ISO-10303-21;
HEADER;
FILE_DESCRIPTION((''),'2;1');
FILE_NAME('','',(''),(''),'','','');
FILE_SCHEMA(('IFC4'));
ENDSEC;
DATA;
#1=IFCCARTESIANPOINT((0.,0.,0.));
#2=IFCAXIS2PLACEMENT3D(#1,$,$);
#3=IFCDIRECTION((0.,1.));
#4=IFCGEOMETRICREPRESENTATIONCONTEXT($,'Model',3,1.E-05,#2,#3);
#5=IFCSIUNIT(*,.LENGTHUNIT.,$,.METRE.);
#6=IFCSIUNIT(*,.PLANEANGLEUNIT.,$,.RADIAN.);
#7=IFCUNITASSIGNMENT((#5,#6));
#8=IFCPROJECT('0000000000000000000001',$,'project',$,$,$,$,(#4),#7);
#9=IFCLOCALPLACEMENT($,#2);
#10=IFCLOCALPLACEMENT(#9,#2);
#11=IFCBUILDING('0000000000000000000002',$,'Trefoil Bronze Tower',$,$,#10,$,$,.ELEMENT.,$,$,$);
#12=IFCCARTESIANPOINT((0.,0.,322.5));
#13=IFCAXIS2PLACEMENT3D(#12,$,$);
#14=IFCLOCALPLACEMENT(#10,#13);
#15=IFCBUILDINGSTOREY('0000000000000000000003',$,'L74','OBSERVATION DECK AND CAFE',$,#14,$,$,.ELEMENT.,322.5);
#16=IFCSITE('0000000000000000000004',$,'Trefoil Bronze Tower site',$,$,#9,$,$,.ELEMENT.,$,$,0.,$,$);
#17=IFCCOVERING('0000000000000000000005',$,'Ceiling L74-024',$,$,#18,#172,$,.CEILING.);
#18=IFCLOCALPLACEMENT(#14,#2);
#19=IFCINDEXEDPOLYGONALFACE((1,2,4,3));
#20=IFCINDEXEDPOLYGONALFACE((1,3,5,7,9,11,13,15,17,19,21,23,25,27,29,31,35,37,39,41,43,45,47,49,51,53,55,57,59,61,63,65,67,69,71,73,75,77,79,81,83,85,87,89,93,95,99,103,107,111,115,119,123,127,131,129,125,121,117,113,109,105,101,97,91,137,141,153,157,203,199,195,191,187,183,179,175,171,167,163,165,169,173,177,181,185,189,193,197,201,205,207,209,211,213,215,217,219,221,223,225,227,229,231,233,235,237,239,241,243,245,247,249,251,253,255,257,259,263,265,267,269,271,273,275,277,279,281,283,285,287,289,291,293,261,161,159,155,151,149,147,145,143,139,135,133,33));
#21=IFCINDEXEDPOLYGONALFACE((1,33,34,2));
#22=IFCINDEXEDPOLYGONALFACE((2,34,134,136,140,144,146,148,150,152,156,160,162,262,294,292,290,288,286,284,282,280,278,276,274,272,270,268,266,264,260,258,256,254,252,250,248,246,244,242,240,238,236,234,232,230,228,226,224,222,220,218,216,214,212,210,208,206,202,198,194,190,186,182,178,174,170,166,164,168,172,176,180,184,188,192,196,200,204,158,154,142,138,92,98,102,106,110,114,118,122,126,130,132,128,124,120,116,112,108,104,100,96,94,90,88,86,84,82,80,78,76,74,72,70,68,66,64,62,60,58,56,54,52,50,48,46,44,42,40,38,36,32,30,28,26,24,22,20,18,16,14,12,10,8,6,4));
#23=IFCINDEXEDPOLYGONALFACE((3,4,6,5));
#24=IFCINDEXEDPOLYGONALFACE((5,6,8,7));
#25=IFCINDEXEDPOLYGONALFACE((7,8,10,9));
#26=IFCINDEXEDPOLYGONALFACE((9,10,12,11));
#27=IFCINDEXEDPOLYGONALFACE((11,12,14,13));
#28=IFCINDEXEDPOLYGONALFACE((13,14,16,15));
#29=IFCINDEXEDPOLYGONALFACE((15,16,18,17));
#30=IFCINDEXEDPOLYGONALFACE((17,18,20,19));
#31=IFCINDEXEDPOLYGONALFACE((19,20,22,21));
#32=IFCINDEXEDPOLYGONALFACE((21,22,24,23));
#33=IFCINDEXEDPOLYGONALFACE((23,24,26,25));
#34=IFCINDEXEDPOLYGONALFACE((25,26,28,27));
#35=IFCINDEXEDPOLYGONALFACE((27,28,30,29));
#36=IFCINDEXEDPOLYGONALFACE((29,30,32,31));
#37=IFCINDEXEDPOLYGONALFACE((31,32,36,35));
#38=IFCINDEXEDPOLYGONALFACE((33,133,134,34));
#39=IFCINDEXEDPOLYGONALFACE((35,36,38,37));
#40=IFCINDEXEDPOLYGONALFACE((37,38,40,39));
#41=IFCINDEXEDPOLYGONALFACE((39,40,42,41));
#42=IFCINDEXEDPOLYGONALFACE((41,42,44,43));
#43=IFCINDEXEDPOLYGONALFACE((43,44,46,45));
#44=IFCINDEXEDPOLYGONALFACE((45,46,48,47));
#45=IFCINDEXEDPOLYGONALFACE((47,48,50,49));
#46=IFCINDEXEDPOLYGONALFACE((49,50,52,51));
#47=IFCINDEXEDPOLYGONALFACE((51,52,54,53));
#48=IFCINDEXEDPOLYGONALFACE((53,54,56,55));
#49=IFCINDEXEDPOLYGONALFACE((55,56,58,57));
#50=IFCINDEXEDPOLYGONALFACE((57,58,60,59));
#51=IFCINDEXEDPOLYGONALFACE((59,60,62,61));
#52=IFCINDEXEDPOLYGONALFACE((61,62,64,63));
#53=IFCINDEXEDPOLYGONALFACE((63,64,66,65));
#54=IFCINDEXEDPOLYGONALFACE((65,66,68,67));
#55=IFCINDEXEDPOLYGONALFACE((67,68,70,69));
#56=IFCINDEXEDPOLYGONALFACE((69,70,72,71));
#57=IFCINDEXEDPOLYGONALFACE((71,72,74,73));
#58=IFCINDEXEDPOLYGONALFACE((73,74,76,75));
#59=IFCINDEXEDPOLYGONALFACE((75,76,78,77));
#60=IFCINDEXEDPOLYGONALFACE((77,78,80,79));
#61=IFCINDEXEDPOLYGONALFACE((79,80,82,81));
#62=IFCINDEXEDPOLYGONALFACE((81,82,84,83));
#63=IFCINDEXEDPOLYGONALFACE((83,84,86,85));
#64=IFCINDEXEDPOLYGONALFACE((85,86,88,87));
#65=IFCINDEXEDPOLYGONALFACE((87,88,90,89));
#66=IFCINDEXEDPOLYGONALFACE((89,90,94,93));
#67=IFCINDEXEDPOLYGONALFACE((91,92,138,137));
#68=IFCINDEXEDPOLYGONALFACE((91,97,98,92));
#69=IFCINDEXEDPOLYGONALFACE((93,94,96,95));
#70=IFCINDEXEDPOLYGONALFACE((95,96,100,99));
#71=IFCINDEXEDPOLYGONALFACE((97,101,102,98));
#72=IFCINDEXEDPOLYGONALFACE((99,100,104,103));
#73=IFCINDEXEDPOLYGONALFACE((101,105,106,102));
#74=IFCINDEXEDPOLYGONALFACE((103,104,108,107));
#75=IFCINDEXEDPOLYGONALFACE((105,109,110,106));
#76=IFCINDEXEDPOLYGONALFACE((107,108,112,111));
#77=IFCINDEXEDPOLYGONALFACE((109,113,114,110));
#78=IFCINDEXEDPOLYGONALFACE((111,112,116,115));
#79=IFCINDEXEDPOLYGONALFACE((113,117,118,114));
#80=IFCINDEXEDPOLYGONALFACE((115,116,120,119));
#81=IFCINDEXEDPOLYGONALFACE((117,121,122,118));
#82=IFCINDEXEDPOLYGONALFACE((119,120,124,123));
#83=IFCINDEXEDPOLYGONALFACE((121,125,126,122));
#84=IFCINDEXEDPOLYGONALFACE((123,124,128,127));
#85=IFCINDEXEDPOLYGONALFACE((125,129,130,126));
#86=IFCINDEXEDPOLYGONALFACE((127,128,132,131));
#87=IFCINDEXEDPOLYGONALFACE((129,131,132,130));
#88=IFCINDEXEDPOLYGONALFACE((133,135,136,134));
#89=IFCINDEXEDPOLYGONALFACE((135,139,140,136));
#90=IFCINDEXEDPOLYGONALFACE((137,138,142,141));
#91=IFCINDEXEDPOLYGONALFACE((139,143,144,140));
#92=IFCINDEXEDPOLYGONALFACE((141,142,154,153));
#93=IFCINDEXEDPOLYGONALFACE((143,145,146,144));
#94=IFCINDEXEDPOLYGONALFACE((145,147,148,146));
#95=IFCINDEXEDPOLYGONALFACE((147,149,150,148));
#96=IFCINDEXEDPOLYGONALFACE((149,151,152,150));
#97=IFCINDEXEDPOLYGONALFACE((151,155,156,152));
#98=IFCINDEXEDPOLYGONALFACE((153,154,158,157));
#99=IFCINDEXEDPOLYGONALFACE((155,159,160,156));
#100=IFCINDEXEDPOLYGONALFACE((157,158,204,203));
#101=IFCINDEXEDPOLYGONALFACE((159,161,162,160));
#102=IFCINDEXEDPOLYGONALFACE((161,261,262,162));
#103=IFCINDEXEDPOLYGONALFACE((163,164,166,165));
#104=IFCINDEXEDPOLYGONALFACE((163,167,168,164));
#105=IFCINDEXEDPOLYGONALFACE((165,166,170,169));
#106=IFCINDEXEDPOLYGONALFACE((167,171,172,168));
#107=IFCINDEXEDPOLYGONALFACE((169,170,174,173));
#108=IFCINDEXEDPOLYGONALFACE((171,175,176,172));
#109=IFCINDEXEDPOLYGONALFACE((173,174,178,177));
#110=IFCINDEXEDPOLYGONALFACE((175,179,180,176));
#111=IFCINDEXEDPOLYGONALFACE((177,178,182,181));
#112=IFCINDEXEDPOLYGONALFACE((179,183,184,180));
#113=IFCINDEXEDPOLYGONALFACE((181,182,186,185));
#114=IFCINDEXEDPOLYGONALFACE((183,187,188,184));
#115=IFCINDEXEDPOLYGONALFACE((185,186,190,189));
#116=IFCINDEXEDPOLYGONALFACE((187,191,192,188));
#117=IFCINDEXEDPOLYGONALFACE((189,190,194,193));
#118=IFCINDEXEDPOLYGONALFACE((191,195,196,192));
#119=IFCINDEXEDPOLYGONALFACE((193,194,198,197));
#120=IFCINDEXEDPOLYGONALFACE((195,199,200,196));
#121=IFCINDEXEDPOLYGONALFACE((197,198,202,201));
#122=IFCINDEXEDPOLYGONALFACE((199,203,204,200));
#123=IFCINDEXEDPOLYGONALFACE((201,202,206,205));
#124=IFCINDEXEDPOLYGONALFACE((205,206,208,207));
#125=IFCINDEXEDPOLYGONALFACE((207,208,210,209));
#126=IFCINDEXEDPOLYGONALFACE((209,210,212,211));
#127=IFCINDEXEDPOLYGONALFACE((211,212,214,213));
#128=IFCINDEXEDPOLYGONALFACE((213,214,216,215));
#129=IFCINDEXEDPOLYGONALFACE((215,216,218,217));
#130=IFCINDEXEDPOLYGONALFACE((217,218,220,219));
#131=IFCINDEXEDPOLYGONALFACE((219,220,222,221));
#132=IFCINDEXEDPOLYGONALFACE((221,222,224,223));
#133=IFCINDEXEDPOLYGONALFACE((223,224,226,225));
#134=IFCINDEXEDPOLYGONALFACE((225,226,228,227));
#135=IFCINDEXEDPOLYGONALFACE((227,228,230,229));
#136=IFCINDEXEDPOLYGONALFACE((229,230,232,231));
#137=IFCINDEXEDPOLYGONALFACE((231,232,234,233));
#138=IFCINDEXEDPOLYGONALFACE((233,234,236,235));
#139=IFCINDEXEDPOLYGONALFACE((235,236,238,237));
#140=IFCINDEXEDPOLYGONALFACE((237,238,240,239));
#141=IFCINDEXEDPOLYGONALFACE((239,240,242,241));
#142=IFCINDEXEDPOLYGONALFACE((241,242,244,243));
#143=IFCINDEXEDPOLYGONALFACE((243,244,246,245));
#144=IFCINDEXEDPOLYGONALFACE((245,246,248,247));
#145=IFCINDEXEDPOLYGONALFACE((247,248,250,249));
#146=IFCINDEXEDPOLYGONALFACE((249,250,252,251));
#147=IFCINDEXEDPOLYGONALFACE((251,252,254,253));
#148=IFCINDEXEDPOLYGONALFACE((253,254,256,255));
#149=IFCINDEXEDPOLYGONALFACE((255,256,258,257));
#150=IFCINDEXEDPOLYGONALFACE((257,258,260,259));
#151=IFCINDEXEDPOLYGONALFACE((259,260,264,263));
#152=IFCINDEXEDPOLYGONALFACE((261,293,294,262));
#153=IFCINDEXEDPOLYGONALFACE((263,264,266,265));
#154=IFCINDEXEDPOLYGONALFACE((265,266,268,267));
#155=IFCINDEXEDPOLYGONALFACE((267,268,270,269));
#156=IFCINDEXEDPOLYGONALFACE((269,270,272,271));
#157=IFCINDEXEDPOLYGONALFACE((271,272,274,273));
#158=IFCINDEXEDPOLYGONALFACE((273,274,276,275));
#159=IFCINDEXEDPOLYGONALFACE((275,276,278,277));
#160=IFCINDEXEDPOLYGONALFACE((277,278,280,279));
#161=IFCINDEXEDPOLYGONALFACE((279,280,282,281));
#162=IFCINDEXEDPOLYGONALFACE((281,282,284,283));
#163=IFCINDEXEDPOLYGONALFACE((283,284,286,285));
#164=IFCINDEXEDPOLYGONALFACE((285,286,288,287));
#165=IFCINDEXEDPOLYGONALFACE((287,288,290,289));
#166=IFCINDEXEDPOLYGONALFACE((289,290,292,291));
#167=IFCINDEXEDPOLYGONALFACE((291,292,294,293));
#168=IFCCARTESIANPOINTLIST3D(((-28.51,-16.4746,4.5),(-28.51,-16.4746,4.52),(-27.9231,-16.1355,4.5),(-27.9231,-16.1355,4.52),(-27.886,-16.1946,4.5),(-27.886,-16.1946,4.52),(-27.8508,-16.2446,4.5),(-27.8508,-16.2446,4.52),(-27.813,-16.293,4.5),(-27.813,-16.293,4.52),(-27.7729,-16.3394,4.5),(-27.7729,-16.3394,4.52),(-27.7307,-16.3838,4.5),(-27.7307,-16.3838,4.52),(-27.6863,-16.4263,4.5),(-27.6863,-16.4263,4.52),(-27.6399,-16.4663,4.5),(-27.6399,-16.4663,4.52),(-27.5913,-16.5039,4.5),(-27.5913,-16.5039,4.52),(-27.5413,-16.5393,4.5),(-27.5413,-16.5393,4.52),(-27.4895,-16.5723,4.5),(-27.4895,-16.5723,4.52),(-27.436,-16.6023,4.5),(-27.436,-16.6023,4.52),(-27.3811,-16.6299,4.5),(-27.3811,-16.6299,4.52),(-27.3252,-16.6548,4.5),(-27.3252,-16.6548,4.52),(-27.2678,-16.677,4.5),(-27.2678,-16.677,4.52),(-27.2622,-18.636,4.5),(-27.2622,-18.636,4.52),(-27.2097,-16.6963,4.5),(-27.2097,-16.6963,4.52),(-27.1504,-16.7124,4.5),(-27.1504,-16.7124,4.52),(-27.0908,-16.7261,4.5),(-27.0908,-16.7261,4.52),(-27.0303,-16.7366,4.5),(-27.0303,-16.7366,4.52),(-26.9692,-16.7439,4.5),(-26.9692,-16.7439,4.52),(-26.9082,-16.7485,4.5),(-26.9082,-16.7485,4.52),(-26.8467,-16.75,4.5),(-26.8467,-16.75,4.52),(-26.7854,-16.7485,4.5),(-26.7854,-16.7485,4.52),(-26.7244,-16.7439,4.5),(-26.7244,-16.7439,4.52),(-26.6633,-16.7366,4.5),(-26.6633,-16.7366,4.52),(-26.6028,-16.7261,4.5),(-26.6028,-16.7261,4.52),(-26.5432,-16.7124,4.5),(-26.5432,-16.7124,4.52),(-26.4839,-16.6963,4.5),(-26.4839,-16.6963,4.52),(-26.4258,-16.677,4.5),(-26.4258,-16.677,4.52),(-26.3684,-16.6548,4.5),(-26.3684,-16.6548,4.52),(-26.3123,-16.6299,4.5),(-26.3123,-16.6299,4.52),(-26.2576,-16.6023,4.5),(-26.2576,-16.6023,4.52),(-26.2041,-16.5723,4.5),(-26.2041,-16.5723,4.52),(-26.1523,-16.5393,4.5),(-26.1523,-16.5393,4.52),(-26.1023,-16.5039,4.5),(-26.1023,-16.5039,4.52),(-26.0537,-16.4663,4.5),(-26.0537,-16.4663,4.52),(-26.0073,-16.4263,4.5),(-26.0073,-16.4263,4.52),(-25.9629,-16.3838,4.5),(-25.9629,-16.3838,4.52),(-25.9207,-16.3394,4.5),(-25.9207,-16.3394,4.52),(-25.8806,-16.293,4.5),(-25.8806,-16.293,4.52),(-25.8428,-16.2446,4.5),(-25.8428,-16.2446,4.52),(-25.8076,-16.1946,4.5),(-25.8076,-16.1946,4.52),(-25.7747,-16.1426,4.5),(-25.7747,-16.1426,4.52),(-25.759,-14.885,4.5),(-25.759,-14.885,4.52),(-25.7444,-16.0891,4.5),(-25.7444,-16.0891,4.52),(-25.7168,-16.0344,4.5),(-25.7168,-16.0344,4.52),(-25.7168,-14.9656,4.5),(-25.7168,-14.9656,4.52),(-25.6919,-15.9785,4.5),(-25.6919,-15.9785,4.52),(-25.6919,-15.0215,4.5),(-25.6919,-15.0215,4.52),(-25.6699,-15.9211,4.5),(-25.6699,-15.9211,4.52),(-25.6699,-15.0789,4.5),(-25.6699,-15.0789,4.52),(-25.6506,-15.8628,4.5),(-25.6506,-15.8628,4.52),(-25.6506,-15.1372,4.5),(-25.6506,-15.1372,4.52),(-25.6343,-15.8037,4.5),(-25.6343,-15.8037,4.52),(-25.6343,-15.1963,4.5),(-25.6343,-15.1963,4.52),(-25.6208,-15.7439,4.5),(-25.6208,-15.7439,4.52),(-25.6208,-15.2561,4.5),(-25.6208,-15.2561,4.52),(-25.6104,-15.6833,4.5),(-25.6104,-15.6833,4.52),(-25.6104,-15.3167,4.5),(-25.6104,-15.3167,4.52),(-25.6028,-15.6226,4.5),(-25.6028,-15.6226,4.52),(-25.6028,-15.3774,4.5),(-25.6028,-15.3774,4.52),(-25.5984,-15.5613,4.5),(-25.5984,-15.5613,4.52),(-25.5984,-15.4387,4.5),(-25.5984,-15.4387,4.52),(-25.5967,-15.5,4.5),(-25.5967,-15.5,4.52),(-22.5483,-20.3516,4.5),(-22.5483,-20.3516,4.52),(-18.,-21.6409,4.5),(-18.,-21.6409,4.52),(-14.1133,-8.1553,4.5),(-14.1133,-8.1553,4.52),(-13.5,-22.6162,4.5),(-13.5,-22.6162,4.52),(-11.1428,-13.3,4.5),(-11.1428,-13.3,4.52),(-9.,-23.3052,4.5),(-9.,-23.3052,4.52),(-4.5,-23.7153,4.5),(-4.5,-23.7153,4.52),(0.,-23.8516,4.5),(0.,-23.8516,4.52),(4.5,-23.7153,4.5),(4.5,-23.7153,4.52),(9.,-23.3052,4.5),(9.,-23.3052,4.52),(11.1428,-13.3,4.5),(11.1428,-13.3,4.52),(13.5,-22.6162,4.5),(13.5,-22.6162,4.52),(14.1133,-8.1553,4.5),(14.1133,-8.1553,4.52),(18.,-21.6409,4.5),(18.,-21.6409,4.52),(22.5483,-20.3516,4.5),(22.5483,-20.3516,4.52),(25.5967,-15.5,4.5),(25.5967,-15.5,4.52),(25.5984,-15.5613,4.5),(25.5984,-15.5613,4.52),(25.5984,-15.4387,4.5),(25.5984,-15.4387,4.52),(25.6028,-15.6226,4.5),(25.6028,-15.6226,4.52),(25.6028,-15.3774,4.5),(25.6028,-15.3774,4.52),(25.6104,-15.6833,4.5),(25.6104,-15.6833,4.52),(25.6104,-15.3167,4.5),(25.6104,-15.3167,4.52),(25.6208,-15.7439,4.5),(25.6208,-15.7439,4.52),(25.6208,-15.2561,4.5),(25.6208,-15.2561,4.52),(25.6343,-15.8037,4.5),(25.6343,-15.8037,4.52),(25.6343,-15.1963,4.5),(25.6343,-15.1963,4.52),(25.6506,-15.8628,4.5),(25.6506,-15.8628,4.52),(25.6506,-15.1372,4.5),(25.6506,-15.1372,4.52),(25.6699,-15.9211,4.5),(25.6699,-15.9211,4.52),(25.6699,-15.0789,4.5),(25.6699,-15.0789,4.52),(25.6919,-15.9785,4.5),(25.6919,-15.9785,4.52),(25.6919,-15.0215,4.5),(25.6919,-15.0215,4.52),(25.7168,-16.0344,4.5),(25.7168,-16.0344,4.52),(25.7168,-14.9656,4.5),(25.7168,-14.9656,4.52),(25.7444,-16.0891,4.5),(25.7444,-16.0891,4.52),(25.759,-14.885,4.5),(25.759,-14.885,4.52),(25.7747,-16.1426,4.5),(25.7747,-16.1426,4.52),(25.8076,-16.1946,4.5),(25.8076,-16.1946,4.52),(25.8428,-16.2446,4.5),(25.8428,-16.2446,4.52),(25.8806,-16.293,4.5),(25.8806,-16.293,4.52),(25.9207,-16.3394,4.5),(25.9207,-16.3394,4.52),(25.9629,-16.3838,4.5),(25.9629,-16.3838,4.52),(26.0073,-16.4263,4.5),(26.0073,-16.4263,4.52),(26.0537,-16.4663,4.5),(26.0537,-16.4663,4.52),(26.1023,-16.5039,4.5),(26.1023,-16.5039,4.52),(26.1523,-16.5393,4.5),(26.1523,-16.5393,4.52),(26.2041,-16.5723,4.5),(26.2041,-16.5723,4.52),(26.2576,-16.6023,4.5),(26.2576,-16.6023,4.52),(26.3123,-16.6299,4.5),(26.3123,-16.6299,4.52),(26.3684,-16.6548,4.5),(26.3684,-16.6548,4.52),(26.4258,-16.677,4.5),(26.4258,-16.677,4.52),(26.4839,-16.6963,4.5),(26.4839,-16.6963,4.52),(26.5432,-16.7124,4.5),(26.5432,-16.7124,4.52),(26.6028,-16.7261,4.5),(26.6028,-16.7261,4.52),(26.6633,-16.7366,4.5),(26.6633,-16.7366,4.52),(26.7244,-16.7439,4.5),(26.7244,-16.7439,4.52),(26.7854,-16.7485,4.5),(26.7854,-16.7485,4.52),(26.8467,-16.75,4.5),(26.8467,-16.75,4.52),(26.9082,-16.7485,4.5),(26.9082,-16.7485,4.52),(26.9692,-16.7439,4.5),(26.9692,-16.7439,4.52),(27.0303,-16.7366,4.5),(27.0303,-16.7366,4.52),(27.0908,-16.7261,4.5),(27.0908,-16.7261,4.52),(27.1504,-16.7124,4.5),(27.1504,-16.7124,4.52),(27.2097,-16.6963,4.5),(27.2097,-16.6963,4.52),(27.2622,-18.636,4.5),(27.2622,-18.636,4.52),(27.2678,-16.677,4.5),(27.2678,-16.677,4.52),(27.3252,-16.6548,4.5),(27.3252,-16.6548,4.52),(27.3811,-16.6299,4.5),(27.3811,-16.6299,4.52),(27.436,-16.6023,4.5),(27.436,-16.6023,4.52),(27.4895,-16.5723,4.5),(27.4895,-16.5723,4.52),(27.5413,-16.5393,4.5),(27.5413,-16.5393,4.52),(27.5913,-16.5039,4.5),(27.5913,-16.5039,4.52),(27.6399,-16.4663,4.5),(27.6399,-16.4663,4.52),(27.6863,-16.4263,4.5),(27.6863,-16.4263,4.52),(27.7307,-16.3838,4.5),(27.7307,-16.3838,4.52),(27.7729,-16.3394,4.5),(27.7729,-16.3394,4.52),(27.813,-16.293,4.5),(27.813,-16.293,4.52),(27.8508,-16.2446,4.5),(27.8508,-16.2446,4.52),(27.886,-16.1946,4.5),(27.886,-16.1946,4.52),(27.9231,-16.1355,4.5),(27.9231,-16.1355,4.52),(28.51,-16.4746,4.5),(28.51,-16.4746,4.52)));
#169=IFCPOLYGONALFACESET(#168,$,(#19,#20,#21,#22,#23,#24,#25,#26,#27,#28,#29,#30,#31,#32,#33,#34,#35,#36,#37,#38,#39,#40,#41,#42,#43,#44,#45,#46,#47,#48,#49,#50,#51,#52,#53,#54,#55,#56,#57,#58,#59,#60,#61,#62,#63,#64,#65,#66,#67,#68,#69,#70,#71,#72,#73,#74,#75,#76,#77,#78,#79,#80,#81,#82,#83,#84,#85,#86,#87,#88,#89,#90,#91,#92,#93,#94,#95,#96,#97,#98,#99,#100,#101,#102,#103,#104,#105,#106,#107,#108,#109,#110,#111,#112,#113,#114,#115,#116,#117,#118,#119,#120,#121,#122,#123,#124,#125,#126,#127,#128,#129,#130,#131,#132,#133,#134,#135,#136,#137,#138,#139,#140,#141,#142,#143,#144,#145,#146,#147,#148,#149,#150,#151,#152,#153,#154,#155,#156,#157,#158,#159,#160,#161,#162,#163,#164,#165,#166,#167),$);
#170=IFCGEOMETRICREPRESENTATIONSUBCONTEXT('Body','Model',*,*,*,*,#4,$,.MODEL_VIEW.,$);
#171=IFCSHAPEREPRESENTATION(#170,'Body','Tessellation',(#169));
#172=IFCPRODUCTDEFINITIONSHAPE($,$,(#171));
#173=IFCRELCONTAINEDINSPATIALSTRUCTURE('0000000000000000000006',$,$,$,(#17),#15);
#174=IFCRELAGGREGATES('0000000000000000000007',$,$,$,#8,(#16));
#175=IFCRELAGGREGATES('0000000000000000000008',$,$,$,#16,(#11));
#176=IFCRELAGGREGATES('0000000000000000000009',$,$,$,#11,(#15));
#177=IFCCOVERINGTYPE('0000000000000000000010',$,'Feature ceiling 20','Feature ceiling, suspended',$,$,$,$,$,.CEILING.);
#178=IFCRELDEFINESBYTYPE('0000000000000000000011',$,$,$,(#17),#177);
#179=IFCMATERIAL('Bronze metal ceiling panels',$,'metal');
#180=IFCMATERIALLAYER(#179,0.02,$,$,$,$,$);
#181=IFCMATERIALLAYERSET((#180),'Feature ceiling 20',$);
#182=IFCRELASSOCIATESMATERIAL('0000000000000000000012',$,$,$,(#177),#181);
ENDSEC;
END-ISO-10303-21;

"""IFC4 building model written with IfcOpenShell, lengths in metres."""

from ifc_helpers import new_model, si_unit, direction, frame, origin, place, context, subcontext, project, spatial, polyline, outline, extrude, material, layer, layer_set, type_object, element, save


model = new_model("IFC4")

# Units and contexts
model_context = context("Model", 3, precision=1e-05, world=origin(), true_north=direction((0.0, 1.0)))
body_context = subcontext(model_context, "Body", "Model", "MODEL_VIEW")
ifc_project = project(units=[si_unit("LENGTHUNIT", "METRE"), si_unit("PLANEANGLEUNIT", "RADIAN")], contexts=[model_context])

# Site, building, storey
site_placement = place(None, origin())
site = spatial("IfcSite", under=ifc_project, at=site_placement, Name="Trefoil Bronze Tower site", CompositionType="ELEMENT", RefElevation=0.0)
building_placement = place(site_placement, origin())
building = spatial("IfcBuilding", under=site, at=building_placement, Name="Trefoil Bronze Tower", CompositionType="ELEMENT")
storey_placement = place(building_placement, frame((0.0, 0.0, 322.5)))
storey = spatial("IfcBuildingStorey", under=building, at=storey_placement, Name="L74", Description="OBSERVATION DECK AND CAFE", CompositionType="ELEMENT", Elevation=322.5)

# Covering
ifc_material_1 = material(Name="Bronze metal ceiling panels", Category="metal")
ifc_layer_1 = layer(ifc_material_1, 0.02)
ifc_layer_set_1 = layer_set([ifc_layer_1], Name="Feature ceiling 20")
covering_type = type_object("IfcCoveringType", Name="Feature ceiling 20", Description="Feature ceiling, suspended", PredefinedType="CEILING", material=ifc_layer_set_1)
covering_1_placement = place(storey_placement, frame((0.0, 0.0, 4.5)))
element("IfcCovering", 1, at=covering_1_placement, inside=storey, type_object=covering_type, Name="Ceiling L74-024", PredefinedType="CEILING", context=body_context, shape_type="SweptSolid", body=[
    extrude(outline(polyline([(-27.886, -16.1946), (-27.8508, -16.2446), (-27.813, -16.293), (-27.7729, -16.3394), (-27.7307, -16.3838), (-27.6863, -16.4263), (-27.6399, -16.4663), (-27.5913, -16.5039), (-27.5413, -16.5393), (-27.4895, -16.5723), (-27.436, -16.6023), (-27.3811, -16.6299), (-27.3252, -16.6548), (-27.2678, -16.677), (-27.2097, -16.6963), (-27.1504, -16.7124), (-27.0908, -16.7261), (-27.0303, -16.7366), (-26.9692, -16.7439), (-26.9082, -16.7485), (-26.8467, -16.75), (-26.7854, -16.7485), (-26.7244, -16.7439), (-26.6633, -16.7366), (-26.6028, -16.7261), (-26.5432, -16.7124), (-26.4839, -16.6963), (-26.4258, -16.677), (-26.3684, -16.6548), (-26.3123, -16.6299), (-26.2576, -16.6023), (-26.2041, -16.5723), (-26.1523, -16.5393), (-26.1023, -16.5039), (-26.0537, -16.4663), (-26.0073, -16.4263), (-25.9629, -16.3838), (-25.9207, -16.3394), (-25.8806, -16.293), (-25.8428, -16.2446), (-25.8076, -16.1946), (-25.7747, -16.1426), (-25.7444, -16.0891), (-25.7168, -16.0344), (-25.6919, -15.9785), (-25.6699, -15.9211), (-25.6506, -15.8628), (-25.6343, -15.8037), (-25.6208, -15.7439), (-25.6104, -15.6833), (-25.6028, -15.6226), (-25.5984, -15.5613), (-25.5967, -15.5), (-25.5984, -15.4387), (-25.6028, -15.3774), (-25.6104, -15.3167), (-25.6208, -15.2561), (-25.6343, -15.1963), (-25.6506, -15.1372), (-25.6699, -15.0789), (-25.6919, -15.0215), (-25.7168, -14.9656), (-25.759, -14.885), (-14.1133, -8.1553), (-11.1428, -13.3), (11.1428, -13.3), (14.1133, -8.1553), (25.759, -14.885), (25.7168, -14.9656), (25.6919, -15.0215), (25.6699, -15.0789), (25.6506, -15.1372), (25.6343, -15.1963), (25.6208, -15.2561), (25.6104, -15.3167), (25.6028, -15.3774), (25.5984, -15.4387), (25.5967, -15.5), (25.5984, -15.5613), (25.6028, -15.6226), (25.6104, -15.6833), (25.6208, -15.7439), (25.6343, -15.8037), (25.6506, -15.8628), (25.6699, -15.9211), (25.6919, -15.9785), (25.7168, -16.0344), (25.7444, -16.0891), (25.7747, -16.1426), (25.8076, -16.1946), (25.8428, -16.2446), (25.8806, -16.293), (25.9207, -16.3394), (25.9629, -16.3838), (26.0073, -16.4263), (26.0537, -16.4663), (26.1023, -16.5039), (26.1523, -16.5393), (26.2041, -16.5723), (26.2576, -16.6023), (26.3123, -16.6299), (26.3684, -16.6548), (26.4258, -16.677), (26.4839, -16.6963), (26.5432, -16.7124), (26.6028, -16.7261), (26.6633, -16.7366), (26.7244, -16.7439), (26.7854, -16.7485), (26.8467, -16.75), (26.9082, -16.7485), (26.9692, -16.7439), (27.0303, -16.7366), (27.0908, -16.7261), (27.1504, -16.7124), (27.2097, -16.6963), (27.2678, -16.677), (27.3252, -16.6548), (27.3811, -16.6299), (27.436, -16.6023), (27.4895, -16.5723), (27.5413, -16.5393), (27.5913, -16.5039), (27.6399, -16.4663), (27.6863, -16.4263), (27.7307, -16.3838), (27.7729, -16.3394), (27.813, -16.293), (27.8508, -16.2446), (27.886, -16.1946), (27.9231, -16.1355), (28.51, -16.4746), (27.2622, -18.636), (22.5483, -20.3516), (18.0, -21.6409), (13.5, -22.6162), (9.0, -23.3052), (4.5, -23.7153), (0.0, -23.8516), (-4.5, -23.7153), (-9.0, -23.3052), (-13.5, -22.6162), (-18.0, -21.6409), (-22.5483, -20.3516), (-27.2622, -18.636), (-28.51, -16.4746), (-27.9231, -16.1355), (-27.886, -16.1946)])), origin(), (0.0, 0.0, 1.0), 0.02),
])

save(model, "model.ifc")
